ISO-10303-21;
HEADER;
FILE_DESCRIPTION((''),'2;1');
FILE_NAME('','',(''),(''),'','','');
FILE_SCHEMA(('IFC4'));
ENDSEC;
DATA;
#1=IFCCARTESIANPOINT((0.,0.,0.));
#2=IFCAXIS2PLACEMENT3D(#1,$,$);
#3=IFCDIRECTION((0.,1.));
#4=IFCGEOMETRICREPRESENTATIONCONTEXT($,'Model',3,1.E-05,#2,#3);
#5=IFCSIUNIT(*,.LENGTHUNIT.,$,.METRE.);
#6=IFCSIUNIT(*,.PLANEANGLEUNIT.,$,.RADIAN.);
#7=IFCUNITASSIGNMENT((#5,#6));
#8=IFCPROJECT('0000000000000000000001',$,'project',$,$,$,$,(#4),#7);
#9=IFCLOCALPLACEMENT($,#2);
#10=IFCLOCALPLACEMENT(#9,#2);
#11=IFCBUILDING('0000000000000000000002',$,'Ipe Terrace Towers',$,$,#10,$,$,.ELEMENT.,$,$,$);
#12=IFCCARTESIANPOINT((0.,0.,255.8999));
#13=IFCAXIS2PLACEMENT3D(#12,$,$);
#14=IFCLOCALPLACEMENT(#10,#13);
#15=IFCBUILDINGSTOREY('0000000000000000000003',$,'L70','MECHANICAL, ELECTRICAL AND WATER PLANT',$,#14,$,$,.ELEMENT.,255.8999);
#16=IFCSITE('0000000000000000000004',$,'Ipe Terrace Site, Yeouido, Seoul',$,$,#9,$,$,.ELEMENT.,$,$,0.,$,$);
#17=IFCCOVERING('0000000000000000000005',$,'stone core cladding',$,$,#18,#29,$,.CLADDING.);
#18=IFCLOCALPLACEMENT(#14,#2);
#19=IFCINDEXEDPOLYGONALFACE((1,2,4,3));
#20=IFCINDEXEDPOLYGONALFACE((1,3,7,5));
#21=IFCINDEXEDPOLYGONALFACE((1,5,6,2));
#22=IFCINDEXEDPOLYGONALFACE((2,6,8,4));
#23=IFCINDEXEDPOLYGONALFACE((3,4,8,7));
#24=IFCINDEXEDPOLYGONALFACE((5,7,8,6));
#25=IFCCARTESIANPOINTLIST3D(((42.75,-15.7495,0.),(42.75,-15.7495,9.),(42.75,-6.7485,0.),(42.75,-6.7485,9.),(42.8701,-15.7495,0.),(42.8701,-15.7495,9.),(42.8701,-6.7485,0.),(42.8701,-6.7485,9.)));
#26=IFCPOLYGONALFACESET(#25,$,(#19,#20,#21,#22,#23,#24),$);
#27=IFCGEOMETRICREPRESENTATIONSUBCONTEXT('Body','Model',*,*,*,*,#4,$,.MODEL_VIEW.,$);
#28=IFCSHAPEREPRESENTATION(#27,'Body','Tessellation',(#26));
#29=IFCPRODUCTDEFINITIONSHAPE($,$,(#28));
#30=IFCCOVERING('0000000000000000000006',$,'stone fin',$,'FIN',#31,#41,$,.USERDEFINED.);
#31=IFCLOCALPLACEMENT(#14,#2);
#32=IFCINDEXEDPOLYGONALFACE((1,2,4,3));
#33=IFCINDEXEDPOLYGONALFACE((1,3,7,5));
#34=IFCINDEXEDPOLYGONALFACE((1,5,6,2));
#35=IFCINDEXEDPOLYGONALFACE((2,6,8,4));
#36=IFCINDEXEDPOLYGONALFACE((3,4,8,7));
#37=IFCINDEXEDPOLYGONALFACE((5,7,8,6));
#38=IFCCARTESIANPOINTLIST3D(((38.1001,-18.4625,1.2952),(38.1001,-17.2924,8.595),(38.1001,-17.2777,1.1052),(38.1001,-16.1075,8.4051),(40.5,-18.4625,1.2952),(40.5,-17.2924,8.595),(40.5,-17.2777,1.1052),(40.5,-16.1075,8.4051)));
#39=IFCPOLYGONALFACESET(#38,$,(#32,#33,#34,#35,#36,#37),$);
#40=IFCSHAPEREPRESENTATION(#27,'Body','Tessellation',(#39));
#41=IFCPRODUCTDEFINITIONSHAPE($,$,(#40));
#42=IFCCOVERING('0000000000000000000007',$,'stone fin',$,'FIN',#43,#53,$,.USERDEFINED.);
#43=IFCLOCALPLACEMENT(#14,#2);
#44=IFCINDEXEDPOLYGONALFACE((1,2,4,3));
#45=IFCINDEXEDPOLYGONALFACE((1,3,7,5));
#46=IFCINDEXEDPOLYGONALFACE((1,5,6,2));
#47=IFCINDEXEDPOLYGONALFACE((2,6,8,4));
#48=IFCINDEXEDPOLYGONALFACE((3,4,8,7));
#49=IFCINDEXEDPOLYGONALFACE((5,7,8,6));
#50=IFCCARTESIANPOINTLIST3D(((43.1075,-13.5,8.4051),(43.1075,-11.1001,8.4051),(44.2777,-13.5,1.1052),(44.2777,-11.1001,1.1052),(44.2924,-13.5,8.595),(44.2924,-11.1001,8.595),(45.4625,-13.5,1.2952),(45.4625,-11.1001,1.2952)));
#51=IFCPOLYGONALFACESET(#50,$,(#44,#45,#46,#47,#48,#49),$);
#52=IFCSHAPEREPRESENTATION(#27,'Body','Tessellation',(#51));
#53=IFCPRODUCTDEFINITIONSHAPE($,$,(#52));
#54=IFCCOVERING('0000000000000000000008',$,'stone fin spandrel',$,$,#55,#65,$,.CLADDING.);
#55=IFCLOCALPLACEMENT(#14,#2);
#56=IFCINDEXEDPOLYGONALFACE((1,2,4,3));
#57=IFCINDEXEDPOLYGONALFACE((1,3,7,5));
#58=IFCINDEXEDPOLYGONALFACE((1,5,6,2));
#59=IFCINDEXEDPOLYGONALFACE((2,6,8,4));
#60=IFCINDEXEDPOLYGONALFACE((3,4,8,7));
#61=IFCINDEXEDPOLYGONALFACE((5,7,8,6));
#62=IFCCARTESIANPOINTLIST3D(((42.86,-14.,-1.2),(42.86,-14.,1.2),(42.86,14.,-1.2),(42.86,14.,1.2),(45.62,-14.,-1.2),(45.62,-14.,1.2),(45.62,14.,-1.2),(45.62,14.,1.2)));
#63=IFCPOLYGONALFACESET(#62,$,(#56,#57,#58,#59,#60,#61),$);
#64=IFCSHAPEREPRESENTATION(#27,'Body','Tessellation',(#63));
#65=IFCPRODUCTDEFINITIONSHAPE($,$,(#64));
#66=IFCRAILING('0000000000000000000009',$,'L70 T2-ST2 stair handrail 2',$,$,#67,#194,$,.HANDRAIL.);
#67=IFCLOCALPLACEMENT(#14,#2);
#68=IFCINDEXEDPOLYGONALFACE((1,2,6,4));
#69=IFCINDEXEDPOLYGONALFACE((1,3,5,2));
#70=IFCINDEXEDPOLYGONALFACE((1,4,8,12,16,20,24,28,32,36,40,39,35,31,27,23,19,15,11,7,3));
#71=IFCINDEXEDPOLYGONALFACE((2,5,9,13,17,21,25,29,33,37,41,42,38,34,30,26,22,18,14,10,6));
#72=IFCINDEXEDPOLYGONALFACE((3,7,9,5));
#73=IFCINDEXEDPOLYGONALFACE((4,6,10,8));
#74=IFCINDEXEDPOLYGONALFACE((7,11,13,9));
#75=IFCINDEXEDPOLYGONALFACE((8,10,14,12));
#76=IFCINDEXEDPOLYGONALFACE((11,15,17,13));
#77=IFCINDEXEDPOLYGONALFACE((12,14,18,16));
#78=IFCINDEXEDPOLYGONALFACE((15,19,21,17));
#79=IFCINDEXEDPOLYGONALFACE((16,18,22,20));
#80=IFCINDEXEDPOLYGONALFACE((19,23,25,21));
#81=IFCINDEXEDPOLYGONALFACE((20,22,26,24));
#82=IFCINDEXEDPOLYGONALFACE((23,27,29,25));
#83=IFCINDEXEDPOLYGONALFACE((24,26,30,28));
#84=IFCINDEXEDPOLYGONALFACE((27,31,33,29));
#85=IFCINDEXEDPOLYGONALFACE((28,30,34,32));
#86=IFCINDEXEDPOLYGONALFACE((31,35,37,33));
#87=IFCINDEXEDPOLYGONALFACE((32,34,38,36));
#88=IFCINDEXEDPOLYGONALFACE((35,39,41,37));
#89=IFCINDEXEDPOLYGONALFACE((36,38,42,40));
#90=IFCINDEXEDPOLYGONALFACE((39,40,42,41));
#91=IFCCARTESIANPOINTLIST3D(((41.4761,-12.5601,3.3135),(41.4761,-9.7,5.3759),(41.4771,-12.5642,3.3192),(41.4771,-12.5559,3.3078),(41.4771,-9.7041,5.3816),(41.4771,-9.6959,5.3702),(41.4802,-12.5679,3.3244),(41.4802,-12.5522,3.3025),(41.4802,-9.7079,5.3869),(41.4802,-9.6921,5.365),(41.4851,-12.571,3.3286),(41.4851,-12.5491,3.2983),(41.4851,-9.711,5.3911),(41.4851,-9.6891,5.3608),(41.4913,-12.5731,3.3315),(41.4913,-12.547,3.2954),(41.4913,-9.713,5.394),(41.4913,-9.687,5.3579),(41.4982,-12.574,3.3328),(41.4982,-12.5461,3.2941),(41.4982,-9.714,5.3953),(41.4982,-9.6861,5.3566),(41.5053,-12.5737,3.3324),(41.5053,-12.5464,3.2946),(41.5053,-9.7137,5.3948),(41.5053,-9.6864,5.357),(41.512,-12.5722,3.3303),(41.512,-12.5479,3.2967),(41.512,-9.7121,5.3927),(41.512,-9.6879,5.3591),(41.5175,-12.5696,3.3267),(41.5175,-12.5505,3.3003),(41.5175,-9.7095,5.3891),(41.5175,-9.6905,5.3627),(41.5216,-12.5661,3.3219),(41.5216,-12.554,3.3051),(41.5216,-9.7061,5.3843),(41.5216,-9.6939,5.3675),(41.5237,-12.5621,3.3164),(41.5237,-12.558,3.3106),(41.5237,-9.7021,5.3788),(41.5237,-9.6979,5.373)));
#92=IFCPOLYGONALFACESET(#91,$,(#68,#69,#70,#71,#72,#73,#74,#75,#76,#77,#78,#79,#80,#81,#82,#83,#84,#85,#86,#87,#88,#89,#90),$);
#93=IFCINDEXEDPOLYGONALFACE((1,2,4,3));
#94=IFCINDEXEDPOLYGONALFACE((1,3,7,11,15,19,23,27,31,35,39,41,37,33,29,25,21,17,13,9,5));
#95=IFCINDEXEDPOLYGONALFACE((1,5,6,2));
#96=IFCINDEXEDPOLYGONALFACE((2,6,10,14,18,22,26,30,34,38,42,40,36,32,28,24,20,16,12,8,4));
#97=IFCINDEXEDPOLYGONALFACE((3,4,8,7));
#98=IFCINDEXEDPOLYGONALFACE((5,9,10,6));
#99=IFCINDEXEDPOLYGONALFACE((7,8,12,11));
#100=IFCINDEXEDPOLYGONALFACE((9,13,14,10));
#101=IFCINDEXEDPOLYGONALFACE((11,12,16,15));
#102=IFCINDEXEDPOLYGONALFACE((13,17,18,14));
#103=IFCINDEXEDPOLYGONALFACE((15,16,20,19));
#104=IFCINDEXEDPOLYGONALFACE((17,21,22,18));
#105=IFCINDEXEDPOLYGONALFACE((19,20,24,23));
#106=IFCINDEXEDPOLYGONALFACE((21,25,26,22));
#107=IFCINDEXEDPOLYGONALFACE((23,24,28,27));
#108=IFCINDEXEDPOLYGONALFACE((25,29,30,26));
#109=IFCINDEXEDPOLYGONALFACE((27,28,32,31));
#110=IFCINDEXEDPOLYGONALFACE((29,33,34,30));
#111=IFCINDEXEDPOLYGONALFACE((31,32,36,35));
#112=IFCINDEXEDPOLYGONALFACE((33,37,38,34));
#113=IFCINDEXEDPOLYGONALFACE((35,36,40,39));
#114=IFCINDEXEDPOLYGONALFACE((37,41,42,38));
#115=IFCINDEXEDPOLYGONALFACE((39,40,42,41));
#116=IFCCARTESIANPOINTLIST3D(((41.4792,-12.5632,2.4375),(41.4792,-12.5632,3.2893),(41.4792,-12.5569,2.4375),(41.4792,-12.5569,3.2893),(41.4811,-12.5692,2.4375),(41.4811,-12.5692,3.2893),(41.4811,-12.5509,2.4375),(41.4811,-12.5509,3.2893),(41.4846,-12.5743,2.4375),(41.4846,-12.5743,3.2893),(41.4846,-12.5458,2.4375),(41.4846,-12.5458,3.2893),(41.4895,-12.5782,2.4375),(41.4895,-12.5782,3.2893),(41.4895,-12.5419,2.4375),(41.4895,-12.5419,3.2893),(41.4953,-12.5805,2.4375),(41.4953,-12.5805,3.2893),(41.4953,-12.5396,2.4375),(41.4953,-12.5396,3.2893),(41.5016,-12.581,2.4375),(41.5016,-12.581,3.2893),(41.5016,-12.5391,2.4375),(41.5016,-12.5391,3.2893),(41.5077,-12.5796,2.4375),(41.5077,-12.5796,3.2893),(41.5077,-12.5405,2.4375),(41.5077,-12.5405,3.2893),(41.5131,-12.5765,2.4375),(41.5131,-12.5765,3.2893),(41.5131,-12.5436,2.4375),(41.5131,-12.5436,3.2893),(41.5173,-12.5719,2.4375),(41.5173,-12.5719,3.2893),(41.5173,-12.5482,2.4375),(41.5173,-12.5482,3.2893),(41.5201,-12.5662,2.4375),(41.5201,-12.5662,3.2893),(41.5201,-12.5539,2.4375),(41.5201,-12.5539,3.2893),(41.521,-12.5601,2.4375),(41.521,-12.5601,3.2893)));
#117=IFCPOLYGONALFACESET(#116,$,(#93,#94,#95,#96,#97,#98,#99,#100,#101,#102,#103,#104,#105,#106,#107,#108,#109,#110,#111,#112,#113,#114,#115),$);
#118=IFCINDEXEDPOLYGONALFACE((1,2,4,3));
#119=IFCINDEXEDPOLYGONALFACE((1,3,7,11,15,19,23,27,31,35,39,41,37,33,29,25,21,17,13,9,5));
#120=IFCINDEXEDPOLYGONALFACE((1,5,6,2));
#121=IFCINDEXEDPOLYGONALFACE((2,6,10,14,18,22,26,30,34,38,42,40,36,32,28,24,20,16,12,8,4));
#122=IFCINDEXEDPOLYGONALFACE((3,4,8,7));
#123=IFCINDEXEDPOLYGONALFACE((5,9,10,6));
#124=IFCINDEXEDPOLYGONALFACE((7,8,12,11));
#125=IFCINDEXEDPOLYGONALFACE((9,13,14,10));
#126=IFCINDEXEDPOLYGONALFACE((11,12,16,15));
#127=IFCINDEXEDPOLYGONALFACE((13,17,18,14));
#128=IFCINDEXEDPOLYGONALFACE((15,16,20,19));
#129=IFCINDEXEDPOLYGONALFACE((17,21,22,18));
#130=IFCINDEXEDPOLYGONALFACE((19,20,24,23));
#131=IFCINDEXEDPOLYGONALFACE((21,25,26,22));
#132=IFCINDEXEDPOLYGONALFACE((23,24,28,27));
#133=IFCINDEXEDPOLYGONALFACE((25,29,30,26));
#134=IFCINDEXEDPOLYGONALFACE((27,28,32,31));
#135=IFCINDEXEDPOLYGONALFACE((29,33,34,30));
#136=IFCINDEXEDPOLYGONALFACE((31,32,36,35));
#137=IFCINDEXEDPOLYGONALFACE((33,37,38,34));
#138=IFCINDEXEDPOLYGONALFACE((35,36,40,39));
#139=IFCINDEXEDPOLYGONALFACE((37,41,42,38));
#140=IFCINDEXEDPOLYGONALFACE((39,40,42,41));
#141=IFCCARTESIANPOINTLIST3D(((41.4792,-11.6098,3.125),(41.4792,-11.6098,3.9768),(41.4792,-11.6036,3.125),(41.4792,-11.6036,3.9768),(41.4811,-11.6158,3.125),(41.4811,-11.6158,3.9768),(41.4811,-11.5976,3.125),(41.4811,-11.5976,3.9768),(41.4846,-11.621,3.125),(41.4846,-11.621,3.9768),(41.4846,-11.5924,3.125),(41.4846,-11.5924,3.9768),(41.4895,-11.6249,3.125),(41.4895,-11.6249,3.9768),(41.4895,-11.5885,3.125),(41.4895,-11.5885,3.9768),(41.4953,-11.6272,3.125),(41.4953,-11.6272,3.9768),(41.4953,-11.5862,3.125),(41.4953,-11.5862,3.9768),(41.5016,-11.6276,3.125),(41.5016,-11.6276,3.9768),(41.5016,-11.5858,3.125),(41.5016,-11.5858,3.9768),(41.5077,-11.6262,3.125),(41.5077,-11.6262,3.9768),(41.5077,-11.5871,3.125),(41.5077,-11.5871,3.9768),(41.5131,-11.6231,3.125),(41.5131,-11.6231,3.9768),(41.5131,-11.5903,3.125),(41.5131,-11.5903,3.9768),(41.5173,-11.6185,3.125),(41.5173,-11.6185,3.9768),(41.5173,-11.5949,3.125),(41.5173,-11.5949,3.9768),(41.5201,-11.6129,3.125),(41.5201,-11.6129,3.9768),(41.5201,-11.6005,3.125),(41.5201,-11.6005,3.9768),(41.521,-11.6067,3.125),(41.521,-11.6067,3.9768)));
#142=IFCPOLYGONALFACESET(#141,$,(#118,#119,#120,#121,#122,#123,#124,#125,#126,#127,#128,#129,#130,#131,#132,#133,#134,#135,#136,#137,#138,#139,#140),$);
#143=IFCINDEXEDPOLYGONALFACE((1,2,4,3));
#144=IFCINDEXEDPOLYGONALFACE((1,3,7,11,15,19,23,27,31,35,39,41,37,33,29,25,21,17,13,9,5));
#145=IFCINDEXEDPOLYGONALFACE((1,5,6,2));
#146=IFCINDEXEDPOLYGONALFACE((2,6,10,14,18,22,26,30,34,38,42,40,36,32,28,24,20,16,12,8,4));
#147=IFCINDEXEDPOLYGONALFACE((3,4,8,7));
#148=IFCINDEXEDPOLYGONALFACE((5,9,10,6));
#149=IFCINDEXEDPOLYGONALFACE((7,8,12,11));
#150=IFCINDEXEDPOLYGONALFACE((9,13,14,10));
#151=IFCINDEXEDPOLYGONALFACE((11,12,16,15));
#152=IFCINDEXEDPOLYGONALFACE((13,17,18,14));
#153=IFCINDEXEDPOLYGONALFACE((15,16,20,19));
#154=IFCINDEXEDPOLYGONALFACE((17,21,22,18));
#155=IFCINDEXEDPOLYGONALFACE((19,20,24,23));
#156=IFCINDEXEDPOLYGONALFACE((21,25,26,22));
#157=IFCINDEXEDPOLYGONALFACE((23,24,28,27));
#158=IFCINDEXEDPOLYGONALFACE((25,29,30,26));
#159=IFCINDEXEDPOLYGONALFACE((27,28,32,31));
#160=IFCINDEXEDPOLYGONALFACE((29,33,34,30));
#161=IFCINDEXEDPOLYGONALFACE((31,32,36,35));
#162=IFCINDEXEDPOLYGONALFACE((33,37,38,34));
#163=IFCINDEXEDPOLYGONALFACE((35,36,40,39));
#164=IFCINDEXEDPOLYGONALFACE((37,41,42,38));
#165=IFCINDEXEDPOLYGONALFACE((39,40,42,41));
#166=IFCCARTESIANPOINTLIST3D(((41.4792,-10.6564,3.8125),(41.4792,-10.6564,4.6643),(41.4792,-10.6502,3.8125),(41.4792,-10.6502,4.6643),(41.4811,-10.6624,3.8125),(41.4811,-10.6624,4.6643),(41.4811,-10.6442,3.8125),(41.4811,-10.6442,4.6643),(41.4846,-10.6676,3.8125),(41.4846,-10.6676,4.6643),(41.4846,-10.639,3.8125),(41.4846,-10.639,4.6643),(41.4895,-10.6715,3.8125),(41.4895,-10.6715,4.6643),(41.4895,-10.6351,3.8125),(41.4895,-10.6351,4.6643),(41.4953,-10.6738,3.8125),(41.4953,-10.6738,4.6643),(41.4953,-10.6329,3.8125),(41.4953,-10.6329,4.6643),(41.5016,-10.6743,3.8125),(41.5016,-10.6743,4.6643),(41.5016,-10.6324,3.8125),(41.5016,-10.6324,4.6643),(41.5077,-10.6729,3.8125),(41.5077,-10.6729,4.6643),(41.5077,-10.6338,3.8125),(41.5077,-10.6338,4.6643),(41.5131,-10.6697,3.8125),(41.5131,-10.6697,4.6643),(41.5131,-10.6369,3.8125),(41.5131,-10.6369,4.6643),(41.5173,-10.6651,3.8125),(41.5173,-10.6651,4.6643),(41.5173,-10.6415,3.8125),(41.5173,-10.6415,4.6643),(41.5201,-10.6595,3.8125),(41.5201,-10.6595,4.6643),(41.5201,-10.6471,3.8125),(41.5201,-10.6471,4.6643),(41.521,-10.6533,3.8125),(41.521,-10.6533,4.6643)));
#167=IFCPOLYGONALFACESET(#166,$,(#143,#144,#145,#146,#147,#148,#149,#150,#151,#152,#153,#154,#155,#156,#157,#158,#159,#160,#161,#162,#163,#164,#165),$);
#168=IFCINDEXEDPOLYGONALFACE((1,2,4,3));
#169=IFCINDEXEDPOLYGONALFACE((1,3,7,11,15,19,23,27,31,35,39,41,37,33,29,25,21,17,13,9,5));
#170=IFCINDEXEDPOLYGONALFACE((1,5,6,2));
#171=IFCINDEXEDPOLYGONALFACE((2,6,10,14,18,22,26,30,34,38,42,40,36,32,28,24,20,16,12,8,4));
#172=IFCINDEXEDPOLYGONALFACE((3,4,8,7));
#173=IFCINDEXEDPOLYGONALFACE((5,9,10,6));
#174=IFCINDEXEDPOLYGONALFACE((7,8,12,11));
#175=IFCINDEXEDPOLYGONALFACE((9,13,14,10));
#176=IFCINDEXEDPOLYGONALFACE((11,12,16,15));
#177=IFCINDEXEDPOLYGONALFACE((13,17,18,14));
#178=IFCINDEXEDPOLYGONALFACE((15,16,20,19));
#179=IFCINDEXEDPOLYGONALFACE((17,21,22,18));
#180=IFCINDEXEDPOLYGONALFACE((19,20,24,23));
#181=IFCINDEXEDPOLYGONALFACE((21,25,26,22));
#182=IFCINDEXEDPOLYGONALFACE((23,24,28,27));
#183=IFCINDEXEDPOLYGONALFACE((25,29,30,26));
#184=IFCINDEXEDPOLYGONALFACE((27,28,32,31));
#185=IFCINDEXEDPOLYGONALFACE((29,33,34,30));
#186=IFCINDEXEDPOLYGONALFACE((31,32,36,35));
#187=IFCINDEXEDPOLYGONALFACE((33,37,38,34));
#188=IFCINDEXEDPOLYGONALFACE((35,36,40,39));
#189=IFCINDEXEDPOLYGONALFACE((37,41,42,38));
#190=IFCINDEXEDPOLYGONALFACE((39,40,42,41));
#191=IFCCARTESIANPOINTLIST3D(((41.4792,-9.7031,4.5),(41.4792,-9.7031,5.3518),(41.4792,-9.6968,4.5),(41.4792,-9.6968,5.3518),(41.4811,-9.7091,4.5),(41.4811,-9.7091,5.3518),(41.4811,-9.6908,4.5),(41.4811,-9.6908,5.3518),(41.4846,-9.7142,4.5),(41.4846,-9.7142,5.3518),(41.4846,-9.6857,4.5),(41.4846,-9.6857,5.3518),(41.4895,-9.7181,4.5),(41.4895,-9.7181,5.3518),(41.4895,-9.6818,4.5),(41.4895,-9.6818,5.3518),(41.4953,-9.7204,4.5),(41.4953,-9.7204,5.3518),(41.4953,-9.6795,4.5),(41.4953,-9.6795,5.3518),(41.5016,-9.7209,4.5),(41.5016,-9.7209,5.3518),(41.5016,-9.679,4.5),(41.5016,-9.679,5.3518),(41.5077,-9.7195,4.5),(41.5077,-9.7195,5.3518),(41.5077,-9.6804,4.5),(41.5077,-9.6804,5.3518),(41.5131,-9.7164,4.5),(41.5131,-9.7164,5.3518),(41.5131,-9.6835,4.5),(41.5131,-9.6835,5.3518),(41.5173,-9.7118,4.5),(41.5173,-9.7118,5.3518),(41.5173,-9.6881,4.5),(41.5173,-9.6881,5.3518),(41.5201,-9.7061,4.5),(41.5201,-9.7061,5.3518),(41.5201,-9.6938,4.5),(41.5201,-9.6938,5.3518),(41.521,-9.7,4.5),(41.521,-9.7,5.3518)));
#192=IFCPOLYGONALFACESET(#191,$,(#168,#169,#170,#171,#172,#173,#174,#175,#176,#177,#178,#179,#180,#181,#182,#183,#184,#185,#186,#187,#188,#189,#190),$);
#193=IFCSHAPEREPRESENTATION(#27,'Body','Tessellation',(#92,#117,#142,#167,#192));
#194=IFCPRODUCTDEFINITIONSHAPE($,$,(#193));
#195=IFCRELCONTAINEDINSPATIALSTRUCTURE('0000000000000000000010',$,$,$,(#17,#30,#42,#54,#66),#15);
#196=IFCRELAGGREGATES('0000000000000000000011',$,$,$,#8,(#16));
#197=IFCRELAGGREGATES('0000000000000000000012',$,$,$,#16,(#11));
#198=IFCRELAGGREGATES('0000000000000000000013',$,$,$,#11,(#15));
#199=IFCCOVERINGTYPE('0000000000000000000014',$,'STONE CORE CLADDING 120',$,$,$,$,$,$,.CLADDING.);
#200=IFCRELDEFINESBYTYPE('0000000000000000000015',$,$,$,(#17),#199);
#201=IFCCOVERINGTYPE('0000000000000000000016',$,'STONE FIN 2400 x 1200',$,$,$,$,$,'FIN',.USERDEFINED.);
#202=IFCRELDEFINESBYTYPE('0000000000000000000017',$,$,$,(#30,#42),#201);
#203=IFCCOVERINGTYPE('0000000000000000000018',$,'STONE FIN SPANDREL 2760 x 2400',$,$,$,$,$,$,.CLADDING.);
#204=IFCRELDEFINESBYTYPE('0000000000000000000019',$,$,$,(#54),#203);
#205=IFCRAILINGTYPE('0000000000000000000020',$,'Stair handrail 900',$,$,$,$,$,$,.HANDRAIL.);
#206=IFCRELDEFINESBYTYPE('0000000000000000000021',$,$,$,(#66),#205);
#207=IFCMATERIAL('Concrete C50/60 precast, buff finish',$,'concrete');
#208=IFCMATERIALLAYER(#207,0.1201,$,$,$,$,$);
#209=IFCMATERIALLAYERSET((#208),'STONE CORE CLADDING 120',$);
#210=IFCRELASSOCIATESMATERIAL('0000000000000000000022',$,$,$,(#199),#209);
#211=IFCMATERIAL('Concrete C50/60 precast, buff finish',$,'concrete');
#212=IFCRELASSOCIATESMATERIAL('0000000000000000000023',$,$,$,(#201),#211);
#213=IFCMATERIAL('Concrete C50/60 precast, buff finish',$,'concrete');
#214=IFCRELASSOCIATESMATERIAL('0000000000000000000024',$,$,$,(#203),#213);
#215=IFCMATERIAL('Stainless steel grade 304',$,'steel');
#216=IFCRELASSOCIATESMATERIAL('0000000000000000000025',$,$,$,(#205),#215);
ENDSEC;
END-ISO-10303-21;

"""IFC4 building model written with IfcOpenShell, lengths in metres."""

from ifc_helpers import new_model, si_unit, direction, frame, origin, origin_2d, place, context, subcontext, project, spatial, rectangle, circle, extrude, material, layer, layer_set, material_profile, profile_set, type_object, element, save


model = new_model("IFC4")

# Units and contexts
model_context = context("Model", 3, precision=1e-05, world=origin(), true_north=direction((0.0, 1.0)))
body_context = subcontext(model_context, "Body", "Model", "MODEL_VIEW")
ifc_project = project(units=[si_unit("LENGTHUNIT", "METRE"), si_unit("PLANEANGLEUNIT", "RADIAN")], contexts=[model_context])

# Site, building, storey
site_placement = place(None, origin())
site = spatial("IfcSite", under=ifc_project, at=site_placement, Name="Ipe Terrace Site, Yeouido, Seoul", CompositionType="ELEMENT", RefElevation=0.0)
building_placement = place(site_placement, origin())
building = spatial("IfcBuilding", under=site, at=building_placement, Name="Ipe Terrace Towers", CompositionType="ELEMENT")
storey_placement = place(building_placement, frame((0.0, 0.0, 255.8999)))
storey = spatial("IfcBuildingStorey", under=building, at=storey_placement, Name="L70", Description="MECHANICAL, ELECTRICAL AND WATER PLANT", CompositionType="ELEMENT", Elevation=255.8999)

# Coverings
ifc_material_1 = material(Name="Concrete C50/60 precast, buff finish", Category="concrete")
ifc_layer_1 = layer(ifc_material_1, 0.1201)
ifc_layer_set_1 = layer_set([ifc_layer_1], Name="STONE CORE CLADDING 120")
covering_type_1 = type_object("IfcCoveringType", Name="STONE CORE CLADDING 120", PredefinedType="CLADDING", material=ifc_layer_set_1)
covering_1_placement = place(storey_placement, frame((42.8101, -11.249, 0.0), z_axis=(0.0, 0.0, 1.0), x_axis=(0.0, 1.0, 0.0)))
element("IfcCovering", 1, at=covering_1_placement, inside=storey, type_object=covering_type_1, Name="stone core cladding", PredefinedType="CLADDING", context=body_context, shape_type="SweptSolid", body=[
    extrude(rectangle(XDim=9.001, YDim=0.1201, at=origin_2d()), origin(), (0.0, 0.0, 1.0), 9.0),
])
ifc_material_2 = material(Name="Concrete C50/60 precast, buff finish", Category="concrete")
ifc_material_profile_1 = material_profile(ifc_material_2, rectangle(XDim=2.3999, YDim=1.2, at=origin_2d()), Name="STONE FIN 2400 x 1200")
ifc_profile_set_1 = profile_set([ifc_material_profile_1], Name="Concrete C50/60 precast, buff finish")
covering_type_2 = type_object("IfcCoveringType", Name="STONE FIN 2400 x 1200", ElementType="FIN", PredefinedType="USERDEFINED", material=ifc_profile_set_1)
for number, where, z_axis, x_axis, name in (
    (2, (39.3, -17.8701, 1.2002), (0.0, 0.15828, 0.987394), (1.0, 0.0, 0.0), "stone fin"),
    (3, (44.8701, -12.3, 1.2002), (-0.15828, 0.0, 0.987394), (0.0, 1.0, 0.0), "stone fin"),
):
    element("IfcCovering", number, at=place(storey_placement, frame(where, z_axis=z_axis, x_axis=x_axis)), inside=storey, type_object=covering_type_2, Name=name, ObjectType="FIN", PredefinedType="USERDEFINED", context=body_context, shape_type="SweptSolid", body=[
        extrude(rectangle(XDim=2.3999, YDim=1.2, at=origin_2d()), origin(), (0.0, 0.0, 1.0), 7.3931),
    ])
ifc_material_3 = material(Name="Concrete C50/60 precast, buff finish", Category="concrete")
ifc_material_profile_2 = material_profile(ifc_material_3, rectangle(XDim=2.76, YDim=2.3999, at=origin_2d()), Name="STONE FIN SPANDREL 2760 x 2400")
ifc_profile_set_2 = profile_set([ifc_material_profile_2], Name="Concrete C50/60 precast, buff finish")
covering_type_3 = type_object("IfcCoveringType", Name="STONE FIN SPANDREL 2760 x 2400", PredefinedType="CLADDING", material=ifc_profile_set_2)
covering_2_placement = place(storey_placement, frame((44.24, -14.0, 0.0), z_axis=(0.0, 1.0, 0.0), x_axis=(1.0, 0.0, 0.0)))
element("IfcCovering", 4, at=covering_2_placement, inside=storey, type_object=covering_type_3, Name="stone fin spandrel", PredefinedType="CLADDING", context=body_context, shape_type="SweptSolid", body=[
    extrude(rectangle(XDim=2.76, YDim=2.3999, at=origin_2d()), origin(), (0.0, 0.0, 1.0), 28.0),
])

# Railing
ifc_material_4 = material(Name="Stainless steel grade 304", Category="steel")
railing_type = type_object("IfcRailingType", Name="Stair handrail 900", PredefinedType="HANDRAIL", material=ifc_material_4)
railing_placement = place(storey_placement, frame((41.5, -12.5601, 2.4375)))
element("IfcRailing", 5, at=railing_placement, inside=storey, type_object=railing_type, Name="L70 T2-ST2 stair handrail 2", PredefinedType="HANDRAIL", context=body_context, shape_type="SweptSolid", body=[
    extrude(circle(Radius=0.0239, at=origin_2d()), frame((0.0, 0.0, 0.876), z_axis=(0.0, 0.811101, 0.584906), x_axis=(-1.0, 0.0, 0.0)), (0.0, 0.0, 1.0), 3.5261),
    extrude(circle(Radius=0.021, at=origin_2d()), origin(), (0.0, 0.0, 1.0), 0.8518),
    extrude(circle(Radius=0.021, at=origin_2d()), frame((0.0, 0.9534, 0.6875)), (0.0, 0.0, 1.0), 0.8518),
    extrude(circle(Radius=0.021, at=origin_2d()), frame((0.0, 1.9067, 1.375)), (0.0, 0.0, 1.0), 0.8518),
    extrude(circle(Radius=0.021, at=origin_2d()), frame((0.0, 2.8601, 2.0625)), (0.0, 0.0, 1.0), 0.8518),
])

save(model, "model.ifc")
